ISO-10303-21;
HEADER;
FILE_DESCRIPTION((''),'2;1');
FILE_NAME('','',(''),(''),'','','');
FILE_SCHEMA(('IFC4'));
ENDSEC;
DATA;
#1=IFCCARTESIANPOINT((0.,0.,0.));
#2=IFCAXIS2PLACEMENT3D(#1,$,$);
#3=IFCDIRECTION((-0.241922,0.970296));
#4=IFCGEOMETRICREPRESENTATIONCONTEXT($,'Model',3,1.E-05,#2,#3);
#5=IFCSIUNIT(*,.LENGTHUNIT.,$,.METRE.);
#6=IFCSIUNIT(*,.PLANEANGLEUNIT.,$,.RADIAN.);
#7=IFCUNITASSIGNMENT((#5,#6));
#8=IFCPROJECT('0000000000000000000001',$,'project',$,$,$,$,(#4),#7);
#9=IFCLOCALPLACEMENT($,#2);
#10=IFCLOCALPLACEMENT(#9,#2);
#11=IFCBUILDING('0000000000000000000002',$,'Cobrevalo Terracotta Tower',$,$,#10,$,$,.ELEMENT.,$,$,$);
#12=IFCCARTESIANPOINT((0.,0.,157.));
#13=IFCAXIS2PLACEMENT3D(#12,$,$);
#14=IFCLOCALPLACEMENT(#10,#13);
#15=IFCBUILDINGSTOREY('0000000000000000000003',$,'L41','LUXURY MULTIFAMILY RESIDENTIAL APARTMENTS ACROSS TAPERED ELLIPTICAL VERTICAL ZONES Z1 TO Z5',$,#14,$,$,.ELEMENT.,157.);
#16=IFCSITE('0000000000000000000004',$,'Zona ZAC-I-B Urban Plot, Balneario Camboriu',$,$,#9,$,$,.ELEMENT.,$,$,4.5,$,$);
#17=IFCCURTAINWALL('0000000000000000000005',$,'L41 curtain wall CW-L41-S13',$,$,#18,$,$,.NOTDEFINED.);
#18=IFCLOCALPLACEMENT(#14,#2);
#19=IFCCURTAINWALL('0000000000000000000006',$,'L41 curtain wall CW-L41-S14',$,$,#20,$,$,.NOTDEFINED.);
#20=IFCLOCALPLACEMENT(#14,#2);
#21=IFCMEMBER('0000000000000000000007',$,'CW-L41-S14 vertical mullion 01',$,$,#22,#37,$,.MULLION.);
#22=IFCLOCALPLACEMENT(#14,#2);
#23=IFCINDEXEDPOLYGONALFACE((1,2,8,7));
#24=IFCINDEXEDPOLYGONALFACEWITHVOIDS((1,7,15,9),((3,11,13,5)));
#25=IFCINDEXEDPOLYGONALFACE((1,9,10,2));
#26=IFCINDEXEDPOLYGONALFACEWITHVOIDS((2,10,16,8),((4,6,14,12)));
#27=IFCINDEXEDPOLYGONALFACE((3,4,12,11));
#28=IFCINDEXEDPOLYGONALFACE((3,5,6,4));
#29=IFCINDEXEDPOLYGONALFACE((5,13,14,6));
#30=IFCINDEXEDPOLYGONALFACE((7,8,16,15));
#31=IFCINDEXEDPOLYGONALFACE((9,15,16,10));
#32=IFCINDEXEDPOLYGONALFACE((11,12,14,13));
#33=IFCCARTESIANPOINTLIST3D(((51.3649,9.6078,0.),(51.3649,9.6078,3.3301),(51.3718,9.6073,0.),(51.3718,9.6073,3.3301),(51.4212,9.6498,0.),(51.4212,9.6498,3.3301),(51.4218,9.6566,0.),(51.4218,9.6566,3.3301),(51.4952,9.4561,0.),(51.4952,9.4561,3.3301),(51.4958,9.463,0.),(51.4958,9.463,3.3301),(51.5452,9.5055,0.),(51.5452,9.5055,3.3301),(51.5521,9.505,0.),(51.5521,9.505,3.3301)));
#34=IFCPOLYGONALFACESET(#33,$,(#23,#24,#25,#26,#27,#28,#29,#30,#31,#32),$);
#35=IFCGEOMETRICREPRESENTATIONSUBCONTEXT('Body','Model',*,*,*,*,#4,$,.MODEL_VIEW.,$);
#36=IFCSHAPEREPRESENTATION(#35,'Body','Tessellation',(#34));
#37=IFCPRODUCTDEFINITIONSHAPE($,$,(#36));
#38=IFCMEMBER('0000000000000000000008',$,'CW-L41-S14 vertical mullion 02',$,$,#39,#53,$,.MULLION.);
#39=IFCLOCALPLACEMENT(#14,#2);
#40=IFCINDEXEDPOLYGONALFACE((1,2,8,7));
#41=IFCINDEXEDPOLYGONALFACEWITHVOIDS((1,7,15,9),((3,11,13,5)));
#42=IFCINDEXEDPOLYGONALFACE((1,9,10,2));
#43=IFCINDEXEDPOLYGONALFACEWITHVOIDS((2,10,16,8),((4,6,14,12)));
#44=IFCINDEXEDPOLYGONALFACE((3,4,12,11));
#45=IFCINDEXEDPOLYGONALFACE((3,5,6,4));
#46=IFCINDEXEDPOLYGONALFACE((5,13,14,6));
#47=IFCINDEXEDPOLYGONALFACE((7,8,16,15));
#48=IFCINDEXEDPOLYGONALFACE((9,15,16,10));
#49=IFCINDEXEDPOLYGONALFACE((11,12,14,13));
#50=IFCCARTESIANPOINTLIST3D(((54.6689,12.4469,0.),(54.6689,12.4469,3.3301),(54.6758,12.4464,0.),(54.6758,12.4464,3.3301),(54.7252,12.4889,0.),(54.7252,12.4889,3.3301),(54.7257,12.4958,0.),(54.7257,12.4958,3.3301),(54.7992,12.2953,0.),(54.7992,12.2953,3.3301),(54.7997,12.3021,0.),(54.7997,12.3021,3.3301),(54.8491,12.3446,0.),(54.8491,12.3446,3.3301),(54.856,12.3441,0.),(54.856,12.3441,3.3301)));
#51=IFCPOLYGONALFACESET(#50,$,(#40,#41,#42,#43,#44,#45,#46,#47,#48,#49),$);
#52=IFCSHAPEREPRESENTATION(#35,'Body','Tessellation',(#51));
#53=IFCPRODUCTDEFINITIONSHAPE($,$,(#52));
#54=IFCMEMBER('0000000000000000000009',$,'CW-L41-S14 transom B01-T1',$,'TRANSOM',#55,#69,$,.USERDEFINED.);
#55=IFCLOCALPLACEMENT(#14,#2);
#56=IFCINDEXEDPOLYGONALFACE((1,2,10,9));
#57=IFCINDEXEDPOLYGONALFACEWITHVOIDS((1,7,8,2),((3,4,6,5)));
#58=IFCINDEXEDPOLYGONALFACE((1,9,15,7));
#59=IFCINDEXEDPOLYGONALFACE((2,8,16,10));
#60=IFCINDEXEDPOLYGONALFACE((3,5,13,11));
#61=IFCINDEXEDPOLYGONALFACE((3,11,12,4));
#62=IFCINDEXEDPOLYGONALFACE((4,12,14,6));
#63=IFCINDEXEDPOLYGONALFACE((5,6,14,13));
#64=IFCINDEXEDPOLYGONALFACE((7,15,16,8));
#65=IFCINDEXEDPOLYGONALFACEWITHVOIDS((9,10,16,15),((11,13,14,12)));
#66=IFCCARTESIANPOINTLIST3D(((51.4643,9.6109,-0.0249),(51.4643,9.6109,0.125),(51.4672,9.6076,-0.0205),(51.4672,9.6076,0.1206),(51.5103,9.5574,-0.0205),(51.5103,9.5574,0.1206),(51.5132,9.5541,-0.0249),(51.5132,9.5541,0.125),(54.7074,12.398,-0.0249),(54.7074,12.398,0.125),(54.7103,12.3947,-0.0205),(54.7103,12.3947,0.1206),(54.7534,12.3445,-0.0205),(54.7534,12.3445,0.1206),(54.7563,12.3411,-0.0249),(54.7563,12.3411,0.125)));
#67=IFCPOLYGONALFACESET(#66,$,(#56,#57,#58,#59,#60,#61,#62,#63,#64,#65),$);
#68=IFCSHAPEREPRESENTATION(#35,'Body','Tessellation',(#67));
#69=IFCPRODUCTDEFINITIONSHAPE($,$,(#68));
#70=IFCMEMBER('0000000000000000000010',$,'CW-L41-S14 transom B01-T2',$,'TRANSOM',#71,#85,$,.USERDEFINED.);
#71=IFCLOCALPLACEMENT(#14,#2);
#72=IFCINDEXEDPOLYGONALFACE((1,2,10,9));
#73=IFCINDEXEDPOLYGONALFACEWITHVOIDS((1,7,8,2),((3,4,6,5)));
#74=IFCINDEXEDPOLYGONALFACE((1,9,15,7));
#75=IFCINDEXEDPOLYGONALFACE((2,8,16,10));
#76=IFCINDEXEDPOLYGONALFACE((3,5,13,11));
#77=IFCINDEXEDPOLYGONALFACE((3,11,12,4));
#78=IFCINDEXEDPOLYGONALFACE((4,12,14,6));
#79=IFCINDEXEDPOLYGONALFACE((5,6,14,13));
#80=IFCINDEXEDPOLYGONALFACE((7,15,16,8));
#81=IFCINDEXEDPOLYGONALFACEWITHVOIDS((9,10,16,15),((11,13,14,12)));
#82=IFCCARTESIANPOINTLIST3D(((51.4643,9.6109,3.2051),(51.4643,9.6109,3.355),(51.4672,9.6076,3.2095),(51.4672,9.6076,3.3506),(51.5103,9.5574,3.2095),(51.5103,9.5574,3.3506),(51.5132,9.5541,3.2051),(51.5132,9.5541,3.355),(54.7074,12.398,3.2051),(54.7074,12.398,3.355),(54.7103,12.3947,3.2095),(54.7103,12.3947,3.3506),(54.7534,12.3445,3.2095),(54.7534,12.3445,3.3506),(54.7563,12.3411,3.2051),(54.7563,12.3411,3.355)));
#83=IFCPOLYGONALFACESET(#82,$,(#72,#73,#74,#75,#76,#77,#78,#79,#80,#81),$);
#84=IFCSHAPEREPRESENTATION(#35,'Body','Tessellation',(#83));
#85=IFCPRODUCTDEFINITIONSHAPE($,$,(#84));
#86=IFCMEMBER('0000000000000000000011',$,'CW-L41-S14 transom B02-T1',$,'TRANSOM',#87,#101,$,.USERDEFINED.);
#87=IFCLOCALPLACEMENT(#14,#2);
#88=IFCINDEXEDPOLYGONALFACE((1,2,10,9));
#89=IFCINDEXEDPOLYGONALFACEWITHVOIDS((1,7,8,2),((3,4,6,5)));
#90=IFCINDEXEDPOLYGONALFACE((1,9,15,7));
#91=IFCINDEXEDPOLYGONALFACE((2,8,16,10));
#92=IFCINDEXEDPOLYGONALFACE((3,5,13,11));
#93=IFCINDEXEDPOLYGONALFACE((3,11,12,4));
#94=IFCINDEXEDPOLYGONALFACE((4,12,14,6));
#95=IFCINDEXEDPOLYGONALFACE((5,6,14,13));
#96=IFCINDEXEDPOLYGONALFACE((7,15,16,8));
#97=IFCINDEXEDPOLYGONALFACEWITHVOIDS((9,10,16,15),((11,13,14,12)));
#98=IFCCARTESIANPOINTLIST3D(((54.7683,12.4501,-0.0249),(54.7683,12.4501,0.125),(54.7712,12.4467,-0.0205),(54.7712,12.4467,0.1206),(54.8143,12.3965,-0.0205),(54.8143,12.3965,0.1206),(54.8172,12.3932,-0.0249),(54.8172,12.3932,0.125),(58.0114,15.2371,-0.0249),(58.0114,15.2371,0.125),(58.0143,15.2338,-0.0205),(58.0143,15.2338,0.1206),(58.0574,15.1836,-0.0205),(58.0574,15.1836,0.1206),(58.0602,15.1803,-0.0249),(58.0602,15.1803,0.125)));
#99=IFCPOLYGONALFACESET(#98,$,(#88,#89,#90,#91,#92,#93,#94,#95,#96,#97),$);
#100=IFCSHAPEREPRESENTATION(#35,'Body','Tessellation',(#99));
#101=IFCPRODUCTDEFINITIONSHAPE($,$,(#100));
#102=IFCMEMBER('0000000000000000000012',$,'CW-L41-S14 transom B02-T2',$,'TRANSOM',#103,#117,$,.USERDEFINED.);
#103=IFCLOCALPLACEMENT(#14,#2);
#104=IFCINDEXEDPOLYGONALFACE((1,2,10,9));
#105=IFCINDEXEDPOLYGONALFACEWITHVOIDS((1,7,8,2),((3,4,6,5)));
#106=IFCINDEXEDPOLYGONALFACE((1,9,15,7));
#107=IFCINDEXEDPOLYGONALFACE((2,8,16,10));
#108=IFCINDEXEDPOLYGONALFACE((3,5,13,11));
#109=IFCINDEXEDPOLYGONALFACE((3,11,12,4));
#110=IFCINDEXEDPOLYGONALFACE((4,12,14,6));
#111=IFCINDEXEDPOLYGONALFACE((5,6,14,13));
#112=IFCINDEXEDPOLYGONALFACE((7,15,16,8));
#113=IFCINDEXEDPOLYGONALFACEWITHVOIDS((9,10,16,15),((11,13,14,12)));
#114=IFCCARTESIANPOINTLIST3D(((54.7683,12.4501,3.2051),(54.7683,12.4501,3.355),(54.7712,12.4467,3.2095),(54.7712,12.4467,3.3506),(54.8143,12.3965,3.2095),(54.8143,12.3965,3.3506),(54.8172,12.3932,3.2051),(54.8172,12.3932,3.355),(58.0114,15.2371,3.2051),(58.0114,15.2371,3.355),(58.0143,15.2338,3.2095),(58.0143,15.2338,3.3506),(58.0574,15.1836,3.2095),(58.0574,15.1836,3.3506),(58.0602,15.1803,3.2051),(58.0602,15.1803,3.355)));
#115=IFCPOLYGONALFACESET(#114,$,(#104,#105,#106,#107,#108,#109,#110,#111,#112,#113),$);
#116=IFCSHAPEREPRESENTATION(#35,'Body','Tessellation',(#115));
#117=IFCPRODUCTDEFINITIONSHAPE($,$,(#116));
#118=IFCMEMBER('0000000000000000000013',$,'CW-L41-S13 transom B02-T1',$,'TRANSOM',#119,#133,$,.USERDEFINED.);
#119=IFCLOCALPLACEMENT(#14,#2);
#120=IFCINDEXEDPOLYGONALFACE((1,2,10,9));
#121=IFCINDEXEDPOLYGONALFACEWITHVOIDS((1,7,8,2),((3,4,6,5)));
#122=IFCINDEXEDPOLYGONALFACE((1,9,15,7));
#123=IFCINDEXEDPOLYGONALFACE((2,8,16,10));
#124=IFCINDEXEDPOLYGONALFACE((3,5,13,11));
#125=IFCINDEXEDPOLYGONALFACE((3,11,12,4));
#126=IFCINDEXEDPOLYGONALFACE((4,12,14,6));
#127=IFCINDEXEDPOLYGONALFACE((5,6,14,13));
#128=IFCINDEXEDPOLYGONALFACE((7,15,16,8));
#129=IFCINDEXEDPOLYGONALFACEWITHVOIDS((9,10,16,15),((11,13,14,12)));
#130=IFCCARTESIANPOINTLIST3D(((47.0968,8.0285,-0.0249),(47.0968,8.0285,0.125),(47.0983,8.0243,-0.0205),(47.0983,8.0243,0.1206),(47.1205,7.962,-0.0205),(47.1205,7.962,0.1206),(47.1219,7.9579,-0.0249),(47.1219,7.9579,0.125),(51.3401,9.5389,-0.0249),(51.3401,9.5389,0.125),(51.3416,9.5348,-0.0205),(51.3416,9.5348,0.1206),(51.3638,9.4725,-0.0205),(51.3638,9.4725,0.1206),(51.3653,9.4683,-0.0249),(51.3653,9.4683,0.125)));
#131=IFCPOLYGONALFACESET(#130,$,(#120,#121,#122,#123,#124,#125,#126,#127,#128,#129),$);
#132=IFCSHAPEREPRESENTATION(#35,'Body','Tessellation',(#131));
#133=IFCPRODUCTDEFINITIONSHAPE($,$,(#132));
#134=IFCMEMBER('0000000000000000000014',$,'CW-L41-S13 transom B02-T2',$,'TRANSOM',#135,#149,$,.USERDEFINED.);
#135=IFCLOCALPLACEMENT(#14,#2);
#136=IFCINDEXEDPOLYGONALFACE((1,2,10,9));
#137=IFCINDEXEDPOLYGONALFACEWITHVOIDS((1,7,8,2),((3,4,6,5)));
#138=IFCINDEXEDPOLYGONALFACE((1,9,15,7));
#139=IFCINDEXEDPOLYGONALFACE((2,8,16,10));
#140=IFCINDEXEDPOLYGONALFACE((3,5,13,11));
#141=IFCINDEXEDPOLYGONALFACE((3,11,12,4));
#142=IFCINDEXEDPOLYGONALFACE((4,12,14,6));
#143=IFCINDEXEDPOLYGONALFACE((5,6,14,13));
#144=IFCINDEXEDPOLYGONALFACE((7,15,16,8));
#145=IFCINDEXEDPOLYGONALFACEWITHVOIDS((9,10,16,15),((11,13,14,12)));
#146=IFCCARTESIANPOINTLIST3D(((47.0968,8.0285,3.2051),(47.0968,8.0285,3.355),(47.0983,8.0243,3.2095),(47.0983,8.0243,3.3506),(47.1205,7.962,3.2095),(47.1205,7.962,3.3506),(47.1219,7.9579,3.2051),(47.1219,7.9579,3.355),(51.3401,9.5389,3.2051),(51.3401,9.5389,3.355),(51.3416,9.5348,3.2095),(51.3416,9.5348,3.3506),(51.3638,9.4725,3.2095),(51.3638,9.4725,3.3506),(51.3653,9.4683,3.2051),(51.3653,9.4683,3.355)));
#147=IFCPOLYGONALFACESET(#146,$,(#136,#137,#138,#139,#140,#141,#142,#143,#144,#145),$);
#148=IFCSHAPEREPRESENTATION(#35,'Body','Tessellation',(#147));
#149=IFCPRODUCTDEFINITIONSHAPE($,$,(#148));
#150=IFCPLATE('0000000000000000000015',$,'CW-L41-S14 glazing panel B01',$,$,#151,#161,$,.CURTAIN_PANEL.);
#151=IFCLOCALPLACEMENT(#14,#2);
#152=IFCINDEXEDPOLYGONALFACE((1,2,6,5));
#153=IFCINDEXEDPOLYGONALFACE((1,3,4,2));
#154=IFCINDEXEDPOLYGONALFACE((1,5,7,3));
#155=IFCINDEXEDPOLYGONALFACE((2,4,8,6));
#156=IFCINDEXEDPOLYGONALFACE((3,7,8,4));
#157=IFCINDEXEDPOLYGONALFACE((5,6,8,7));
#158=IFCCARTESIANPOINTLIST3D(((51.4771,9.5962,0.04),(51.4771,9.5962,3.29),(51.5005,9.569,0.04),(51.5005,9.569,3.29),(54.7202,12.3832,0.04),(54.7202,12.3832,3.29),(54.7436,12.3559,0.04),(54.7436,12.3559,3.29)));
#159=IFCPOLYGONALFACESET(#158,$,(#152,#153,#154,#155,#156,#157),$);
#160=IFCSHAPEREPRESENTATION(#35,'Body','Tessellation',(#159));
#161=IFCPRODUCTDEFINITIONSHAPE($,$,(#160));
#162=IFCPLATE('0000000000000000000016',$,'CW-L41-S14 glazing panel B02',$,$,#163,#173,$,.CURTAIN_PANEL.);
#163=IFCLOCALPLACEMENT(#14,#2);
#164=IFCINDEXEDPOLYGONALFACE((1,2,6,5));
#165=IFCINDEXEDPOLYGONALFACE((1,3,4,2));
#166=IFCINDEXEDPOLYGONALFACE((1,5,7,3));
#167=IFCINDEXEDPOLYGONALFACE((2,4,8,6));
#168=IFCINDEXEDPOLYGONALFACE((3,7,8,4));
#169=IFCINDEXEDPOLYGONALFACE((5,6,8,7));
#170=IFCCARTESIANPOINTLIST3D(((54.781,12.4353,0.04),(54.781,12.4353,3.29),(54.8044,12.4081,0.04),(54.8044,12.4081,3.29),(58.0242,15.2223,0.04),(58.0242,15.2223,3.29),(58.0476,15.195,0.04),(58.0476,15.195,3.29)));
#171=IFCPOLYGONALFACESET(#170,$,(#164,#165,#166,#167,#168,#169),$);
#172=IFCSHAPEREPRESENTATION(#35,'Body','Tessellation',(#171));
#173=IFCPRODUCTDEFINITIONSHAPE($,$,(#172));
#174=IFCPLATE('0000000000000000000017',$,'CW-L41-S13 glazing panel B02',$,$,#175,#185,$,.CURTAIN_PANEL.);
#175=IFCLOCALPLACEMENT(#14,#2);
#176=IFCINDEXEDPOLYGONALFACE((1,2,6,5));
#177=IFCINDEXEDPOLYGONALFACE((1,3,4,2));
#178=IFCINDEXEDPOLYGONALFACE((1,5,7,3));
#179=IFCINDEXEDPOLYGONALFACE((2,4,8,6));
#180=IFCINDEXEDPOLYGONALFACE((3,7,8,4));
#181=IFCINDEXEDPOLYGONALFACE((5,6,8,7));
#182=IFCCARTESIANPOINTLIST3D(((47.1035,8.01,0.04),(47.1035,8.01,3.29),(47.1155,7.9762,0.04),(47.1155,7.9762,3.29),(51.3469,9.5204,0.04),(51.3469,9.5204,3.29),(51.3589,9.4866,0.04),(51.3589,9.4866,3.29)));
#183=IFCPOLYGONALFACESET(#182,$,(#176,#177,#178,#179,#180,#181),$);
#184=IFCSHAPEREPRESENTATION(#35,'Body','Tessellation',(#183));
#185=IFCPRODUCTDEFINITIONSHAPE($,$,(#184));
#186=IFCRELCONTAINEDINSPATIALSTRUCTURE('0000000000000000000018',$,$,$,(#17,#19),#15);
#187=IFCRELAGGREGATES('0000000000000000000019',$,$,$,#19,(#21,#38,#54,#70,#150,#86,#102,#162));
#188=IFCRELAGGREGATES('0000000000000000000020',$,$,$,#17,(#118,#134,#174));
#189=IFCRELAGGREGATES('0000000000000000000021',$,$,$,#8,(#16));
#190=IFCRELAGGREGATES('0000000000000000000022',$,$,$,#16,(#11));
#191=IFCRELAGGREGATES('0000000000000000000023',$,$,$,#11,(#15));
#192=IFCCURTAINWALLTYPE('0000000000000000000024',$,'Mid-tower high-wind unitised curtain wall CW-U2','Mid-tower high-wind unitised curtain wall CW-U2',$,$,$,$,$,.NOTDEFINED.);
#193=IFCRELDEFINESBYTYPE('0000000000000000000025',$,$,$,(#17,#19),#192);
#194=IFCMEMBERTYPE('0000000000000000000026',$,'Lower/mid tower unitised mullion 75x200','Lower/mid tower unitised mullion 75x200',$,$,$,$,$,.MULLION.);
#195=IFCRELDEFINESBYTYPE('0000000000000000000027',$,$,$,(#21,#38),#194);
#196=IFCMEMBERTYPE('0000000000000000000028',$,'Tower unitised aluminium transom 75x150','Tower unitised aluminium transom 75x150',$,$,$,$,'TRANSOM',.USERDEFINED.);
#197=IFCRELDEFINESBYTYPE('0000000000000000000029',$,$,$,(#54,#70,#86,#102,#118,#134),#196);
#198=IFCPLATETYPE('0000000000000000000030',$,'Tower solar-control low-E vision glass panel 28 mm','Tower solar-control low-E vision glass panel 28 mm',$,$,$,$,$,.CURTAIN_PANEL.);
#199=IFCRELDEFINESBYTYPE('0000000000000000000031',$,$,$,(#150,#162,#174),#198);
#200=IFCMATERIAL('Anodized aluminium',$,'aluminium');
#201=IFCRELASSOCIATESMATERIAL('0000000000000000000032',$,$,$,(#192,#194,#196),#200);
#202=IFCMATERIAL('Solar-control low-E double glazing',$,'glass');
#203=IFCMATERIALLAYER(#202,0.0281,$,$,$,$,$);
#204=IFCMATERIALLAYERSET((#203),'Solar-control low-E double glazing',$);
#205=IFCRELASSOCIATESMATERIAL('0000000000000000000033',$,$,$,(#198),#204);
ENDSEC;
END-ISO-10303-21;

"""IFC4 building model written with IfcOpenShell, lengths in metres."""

from ifc_helpers import new_model, si_unit, direction, frame, origin, origin_2d, place, context, subcontext, project, spatial, rectangle, hollow_rectangle, extrude, source, transform, mapped, material, layer, layer_set, material_profile, profile_set, type_object, element, aggregate, save


model = new_model("IFC4")

# Units and contexts
model_context = context("Model", 3, precision=1e-05, world=origin(), true_north=direction((-0.241922, 0.970296)))
body_context = subcontext(model_context, "Body", "Model", "MODEL_VIEW")
ifc_project = project(units=[si_unit("LENGTHUNIT", "METRE"), si_unit("PLANEANGLEUNIT", "RADIAN")], contexts=[model_context])

# Site, building, storey
site_placement = place(None, origin())
site = spatial("IfcSite", under=ifc_project, at=site_placement, Name="Zona ZAC-I-B Urban Plot, Balneario Camboriu", CompositionType="ELEMENT", RefElevation=4.5)
building_placement = place(site_placement, origin())
building = spatial("IfcBuilding", under=site, at=building_placement, Name="Cobrevalo Terracotta Tower", CompositionType="ELEMENT")
storey_placement = place(building_placement, frame((0.0, 0.0, 157.0)))
storey = spatial("IfcBuildingStorey", under=building, at=storey_placement, Name="L41", Description="LUXURY MULTIFAMILY RESIDENTIAL APARTMENTS ACROSS TAPERED ELLIPTICAL VERTICAL ZONES Z1 TO Z5", CompositionType="ELEMENT", Elevation=157.0)

# Curtain walls, members
ifc_material_1 = material(Name="Anodized aluminium", Category="aluminium")
curtain_wall_type = type_object("IfcCurtainWallType", Name="Mid-tower high-wind unitised curtain wall CW-U2", Description="Mid-tower high-wind unitised curtain wall CW-U2", PredefinedType="NOTDEFINED", material=ifc_material_1)
curtain_wall_1_placement = place(storey_placement, origin())
curtain_wall_1 = element("IfcCurtainWall", 1, at=curtain_wall_1_placement, inside=storey, type_object=curtain_wall_type, Name="L41 curtain wall CW-L41-S13", PredefinedType="NOTDEFINED")
ifc_material_profile_1 = material_profile(ifc_material_1, hollow_rectangle(XDim=0.075, YDim=0.2, WallThickness=0.0049, at=origin_2d()), Name="CWM 75x200")
ifc_profile_set_1 = profile_set([ifc_material_profile_1], Name="Anodized aluminium")
member_type_1 = type_object("IfcMemberType", Name="Lower/mid tower unitised mullion 75x200", Description="Lower/mid tower unitised mullion 75x200", PredefinedType="MULLION", material=ifc_profile_set_1)
shared_shape_1 = source(origin(), body_context, "Body", "SweptSolid", [
    extrude(hollow_rectangle(XDim=0.075, YDim=0.2, WallThickness=0.0049, at=origin_2d()), origin(), (0.0, 0.0, 1.0), 3.3301),
])
curtain_wall_2_placement = place(storey_placement, origin())
curtain_wall_2 = element("IfcCurtainWall", 2, at=curtain_wall_2_placement, inside=storey, type_object=curtain_wall_type, Name="L41 curtain wall CW-L41-S14", PredefinedType="NOTDEFINED")
member_1_placement = place(storey_placement, frame((51.4585, 9.5564, 0.0), z_axis=(0.0, 0.0, 1.0), x_axis=(0.758442, 0.651741, 0.0)))
member_1 = element("IfcMember", 3, at=member_1_placement, type_object=member_type_1, Name="CW-L41-S14 vertical mullion 01", PredefinedType="MULLION", context=body_context, shape_type="MappedRepresentation", body=[
    mapped(shared_shape_1, transform((0.0, 0.0, 0.0), scale=1.0)),
])
member_2_placement = place(storey_placement, frame((54.7625, 12.3955, 0.0), z_axis=(0.0, 0.0, 1.0), x_axis=(0.758442, 0.651741, 0.0)))
member_2 = element("IfcMember", 4, at=member_2_placement, type_object=member_type_1, Name="CW-L41-S14 vertical mullion 02", PredefinedType="MULLION", context=body_context, shape_type="MappedRepresentation", body=[
    mapped(shared_shape_1, transform((0.0, 0.0, 0.0), scale=1.0)),
])
ifc_material_profile_2 = material_profile(ifc_material_1, hollow_rectangle(XDim=0.075, YDim=0.1499, WallThickness=0.0044, at=origin_2d()), Name="CWT 75x150")
ifc_profile_set_2 = profile_set([ifc_material_profile_2], Name="Anodized aluminium")
member_type_2 = type_object("IfcMemberType", Name="Tower unitised aluminium transom 75x150", Description="Tower unitised aluminium transom 75x150", ElementType="TRANSOM", PredefinedType="USERDEFINED", material=ifc_profile_set_2)
shared_shape_2 = source(origin(), body_context, "Body", "SweptSolid", [
    extrude(hollow_rectangle(XDim=0.075, YDim=0.1499, WallThickness=0.0044, at=origin_2d()), origin(), (0.0, 0.0, 1.0), 4.2761),
])
member_3_placement = place(storey_placement, frame((51.4888, 9.5825, 0.05), z_axis=(0.758418, 0.651769, 0.0), x_axis=(-0.651769, 0.758418, 0.0)))
member_3 = element("IfcMember", 5, at=member_3_placement, type_object=member_type_2, Name="CW-L41-S14 transom B01-T1", ObjectType="TRANSOM", PredefinedType="USERDEFINED", context=body_context, shape_type="MappedRepresentation", body=[
    mapped(shared_shape_2, transform((0.0, 0.0, 0.0), scale=1.0)),
])
member_4_placement = place(storey_placement, frame((51.4888, 9.5825, 3.28), z_axis=(0.758418, 0.651769, 0.0), x_axis=(-0.651769, 0.758418, 0.0)))
member_4 = element("IfcMember", 6, at=member_4_placement, type_object=member_type_2, Name="CW-L41-S14 transom B01-T2", ObjectType="TRANSOM", PredefinedType="USERDEFINED", context=body_context, shape_type="MappedRepresentation", body=[
    mapped(shared_shape_2, transform((0.0, 0.0, 0.0), scale=1.0)),
])
member_5_placement = place(storey_placement, frame((54.7927, 12.4216, 0.05), z_axis=(0.758418, 0.651769, 0.0), x_axis=(-0.651769, 0.758418, 0.0)))
member_5 = element("IfcMember", 7, at=member_5_placement, type_object=member_type_2, Name="CW-L41-S14 transom B02-T1", ObjectType="TRANSOM", PredefinedType="USERDEFINED", context=body_context, shape_type="MappedRepresentation", body=[
    mapped(shared_shape_2, transform((0.0, 0.0, 0.0), scale=1.0)),
])
member_6_placement = place(storey_placement, frame((54.7927, 12.4216, 3.28), z_axis=(0.758418, 0.651769, 0.0), x_axis=(-0.651769, 0.758418, 0.0)))
member_6 = element("IfcMember", 8, at=member_6_placement, type_object=member_type_2, Name="CW-L41-S14 transom B02-T2", ObjectType="TRANSOM", PredefinedType="USERDEFINED", context=body_context, shape_type="MappedRepresentation", body=[
    mapped(shared_shape_2, transform((0.0, 0.0, 0.0), scale=1.0)),
])

# Members
shared_shape_3 = source(origin(), body_context, "Body", "SweptSolid", [
    extrude(hollow_rectangle(XDim=0.075, YDim=0.1499, WallThickness=0.0044, at=origin_2d()), origin(), (0.0, 0.0, 1.0), 4.5042),
])
member_7_placement = place(storey_placement, frame((47.1094, 7.9932, 0.05), z_axis=(0.942093, 0.335351, 0.0), x_axis=(-0.335351, 0.942093, 0.0)))
member_7 = element("IfcMember", 9, at=member_7_placement, type_object=member_type_2, Name="CW-L41-S13 transom B02-T1", ObjectType="TRANSOM", PredefinedType="USERDEFINED", context=body_context, shape_type="MappedRepresentation", body=[
    mapped(shared_shape_3, transform((0.0, 0.0, 0.0), scale=1.0)),
])
member_8_placement = place(storey_placement, frame((47.1094, 7.9932, 3.28), z_axis=(0.942093, 0.335351, 0.0), x_axis=(-0.335351, 0.942093, 0.0)))
member_8 = element("IfcMember", 10, at=member_8_placement, type_object=member_type_2, Name="CW-L41-S13 transom B02-T2", ObjectType="TRANSOM", PredefinedType="USERDEFINED", context=body_context, shape_type="MappedRepresentation", body=[
    mapped(shared_shape_3, transform((0.0, 0.0, 0.0), scale=1.0)),
])

# Plates
ifc_material_2 = material(Name="Solar-control low-E double glazing", Category="glass")
ifc_layer_1 = layer(ifc_material_2, 0.0281)
ifc_layer_set_1 = layer_set([ifc_layer_1], Name="Solar-control low-E double glazing")
plate_type = type_object("IfcPlateType", Name="Tower solar-control low-E vision glass panel 28 mm", Description="Tower solar-control low-E vision glass panel 28 mm", PredefinedType="CURTAIN_PANEL", material=ifc_layer_set_1)
shared_shape_4 = source(origin(), body_context, "Body", "SweptSolid", [
    extrude(rectangle(XDim=4.2761, YDim=0.0359, at=origin_2d()), origin(), (0.0, 0.0, 1.0), 3.25),
])
plate_1_placement = place(storey_placement, frame((53.1104, 10.9761, 0.04), z_axis=(0.0, 0.0, 1.0), x_axis=(0.758437, 0.651746, 0.0)))
plate_1 = element("IfcPlate", 11, at=plate_1_placement, type_object=plate_type, Name="CW-L41-S14 glazing panel B01", PredefinedType="CURTAIN_PANEL", context=body_context, shape_type="MappedRepresentation", body=[
    mapped(shared_shape_4, transform((0.0, 0.0, 0.0), scale=1.0)),
])
plate_2_placement = place(storey_placement, frame((56.4143, 13.8152, 0.04), z_axis=(0.0, 0.0, 1.0), x_axis=(0.758437, 0.651746, 0.0)))
plate_2 = element("IfcPlate", 12, at=plate_2_placement, type_object=plate_type, Name="CW-L41-S14 glazing panel B02", PredefinedType="CURTAIN_PANEL", context=body_context, shape_type="MappedRepresentation", body=[
    mapped(shared_shape_4, transform((0.0, 0.0, 0.0), scale=1.0)),
])
aggregate(curtain_wall_2, [member_1, member_2, member_3, member_4, plate_1, member_5, member_6, plate_2])
shared_shape_5 = source(origin(), body_context, "Body", "SweptSolid", [
    extrude(rectangle(XDim=4.5042, YDim=0.0359, at=origin_2d()), origin(), (0.0, 0.0, 1.0), 3.25),
])
plate_3_placement = place(storey_placement, frame((49.2312, 8.7483, 0.04), z_axis=(0.0, 0.0, 1.0), x_axis=(0.942098, 0.335336, 0.0)))
plate_3 = element("IfcPlate", 13, at=plate_3_placement, type_object=plate_type, Name="CW-L41-S13 glazing panel B02", PredefinedType="CURTAIN_PANEL", context=body_context, shape_type="MappedRepresentation", body=[
    mapped(shared_shape_5, transform((0.0, 0.0, 0.0), scale=1.0)),
])
aggregate(curtain_wall_1, [member_7, member_8, plate_3])

save(model, "model.ifc")
